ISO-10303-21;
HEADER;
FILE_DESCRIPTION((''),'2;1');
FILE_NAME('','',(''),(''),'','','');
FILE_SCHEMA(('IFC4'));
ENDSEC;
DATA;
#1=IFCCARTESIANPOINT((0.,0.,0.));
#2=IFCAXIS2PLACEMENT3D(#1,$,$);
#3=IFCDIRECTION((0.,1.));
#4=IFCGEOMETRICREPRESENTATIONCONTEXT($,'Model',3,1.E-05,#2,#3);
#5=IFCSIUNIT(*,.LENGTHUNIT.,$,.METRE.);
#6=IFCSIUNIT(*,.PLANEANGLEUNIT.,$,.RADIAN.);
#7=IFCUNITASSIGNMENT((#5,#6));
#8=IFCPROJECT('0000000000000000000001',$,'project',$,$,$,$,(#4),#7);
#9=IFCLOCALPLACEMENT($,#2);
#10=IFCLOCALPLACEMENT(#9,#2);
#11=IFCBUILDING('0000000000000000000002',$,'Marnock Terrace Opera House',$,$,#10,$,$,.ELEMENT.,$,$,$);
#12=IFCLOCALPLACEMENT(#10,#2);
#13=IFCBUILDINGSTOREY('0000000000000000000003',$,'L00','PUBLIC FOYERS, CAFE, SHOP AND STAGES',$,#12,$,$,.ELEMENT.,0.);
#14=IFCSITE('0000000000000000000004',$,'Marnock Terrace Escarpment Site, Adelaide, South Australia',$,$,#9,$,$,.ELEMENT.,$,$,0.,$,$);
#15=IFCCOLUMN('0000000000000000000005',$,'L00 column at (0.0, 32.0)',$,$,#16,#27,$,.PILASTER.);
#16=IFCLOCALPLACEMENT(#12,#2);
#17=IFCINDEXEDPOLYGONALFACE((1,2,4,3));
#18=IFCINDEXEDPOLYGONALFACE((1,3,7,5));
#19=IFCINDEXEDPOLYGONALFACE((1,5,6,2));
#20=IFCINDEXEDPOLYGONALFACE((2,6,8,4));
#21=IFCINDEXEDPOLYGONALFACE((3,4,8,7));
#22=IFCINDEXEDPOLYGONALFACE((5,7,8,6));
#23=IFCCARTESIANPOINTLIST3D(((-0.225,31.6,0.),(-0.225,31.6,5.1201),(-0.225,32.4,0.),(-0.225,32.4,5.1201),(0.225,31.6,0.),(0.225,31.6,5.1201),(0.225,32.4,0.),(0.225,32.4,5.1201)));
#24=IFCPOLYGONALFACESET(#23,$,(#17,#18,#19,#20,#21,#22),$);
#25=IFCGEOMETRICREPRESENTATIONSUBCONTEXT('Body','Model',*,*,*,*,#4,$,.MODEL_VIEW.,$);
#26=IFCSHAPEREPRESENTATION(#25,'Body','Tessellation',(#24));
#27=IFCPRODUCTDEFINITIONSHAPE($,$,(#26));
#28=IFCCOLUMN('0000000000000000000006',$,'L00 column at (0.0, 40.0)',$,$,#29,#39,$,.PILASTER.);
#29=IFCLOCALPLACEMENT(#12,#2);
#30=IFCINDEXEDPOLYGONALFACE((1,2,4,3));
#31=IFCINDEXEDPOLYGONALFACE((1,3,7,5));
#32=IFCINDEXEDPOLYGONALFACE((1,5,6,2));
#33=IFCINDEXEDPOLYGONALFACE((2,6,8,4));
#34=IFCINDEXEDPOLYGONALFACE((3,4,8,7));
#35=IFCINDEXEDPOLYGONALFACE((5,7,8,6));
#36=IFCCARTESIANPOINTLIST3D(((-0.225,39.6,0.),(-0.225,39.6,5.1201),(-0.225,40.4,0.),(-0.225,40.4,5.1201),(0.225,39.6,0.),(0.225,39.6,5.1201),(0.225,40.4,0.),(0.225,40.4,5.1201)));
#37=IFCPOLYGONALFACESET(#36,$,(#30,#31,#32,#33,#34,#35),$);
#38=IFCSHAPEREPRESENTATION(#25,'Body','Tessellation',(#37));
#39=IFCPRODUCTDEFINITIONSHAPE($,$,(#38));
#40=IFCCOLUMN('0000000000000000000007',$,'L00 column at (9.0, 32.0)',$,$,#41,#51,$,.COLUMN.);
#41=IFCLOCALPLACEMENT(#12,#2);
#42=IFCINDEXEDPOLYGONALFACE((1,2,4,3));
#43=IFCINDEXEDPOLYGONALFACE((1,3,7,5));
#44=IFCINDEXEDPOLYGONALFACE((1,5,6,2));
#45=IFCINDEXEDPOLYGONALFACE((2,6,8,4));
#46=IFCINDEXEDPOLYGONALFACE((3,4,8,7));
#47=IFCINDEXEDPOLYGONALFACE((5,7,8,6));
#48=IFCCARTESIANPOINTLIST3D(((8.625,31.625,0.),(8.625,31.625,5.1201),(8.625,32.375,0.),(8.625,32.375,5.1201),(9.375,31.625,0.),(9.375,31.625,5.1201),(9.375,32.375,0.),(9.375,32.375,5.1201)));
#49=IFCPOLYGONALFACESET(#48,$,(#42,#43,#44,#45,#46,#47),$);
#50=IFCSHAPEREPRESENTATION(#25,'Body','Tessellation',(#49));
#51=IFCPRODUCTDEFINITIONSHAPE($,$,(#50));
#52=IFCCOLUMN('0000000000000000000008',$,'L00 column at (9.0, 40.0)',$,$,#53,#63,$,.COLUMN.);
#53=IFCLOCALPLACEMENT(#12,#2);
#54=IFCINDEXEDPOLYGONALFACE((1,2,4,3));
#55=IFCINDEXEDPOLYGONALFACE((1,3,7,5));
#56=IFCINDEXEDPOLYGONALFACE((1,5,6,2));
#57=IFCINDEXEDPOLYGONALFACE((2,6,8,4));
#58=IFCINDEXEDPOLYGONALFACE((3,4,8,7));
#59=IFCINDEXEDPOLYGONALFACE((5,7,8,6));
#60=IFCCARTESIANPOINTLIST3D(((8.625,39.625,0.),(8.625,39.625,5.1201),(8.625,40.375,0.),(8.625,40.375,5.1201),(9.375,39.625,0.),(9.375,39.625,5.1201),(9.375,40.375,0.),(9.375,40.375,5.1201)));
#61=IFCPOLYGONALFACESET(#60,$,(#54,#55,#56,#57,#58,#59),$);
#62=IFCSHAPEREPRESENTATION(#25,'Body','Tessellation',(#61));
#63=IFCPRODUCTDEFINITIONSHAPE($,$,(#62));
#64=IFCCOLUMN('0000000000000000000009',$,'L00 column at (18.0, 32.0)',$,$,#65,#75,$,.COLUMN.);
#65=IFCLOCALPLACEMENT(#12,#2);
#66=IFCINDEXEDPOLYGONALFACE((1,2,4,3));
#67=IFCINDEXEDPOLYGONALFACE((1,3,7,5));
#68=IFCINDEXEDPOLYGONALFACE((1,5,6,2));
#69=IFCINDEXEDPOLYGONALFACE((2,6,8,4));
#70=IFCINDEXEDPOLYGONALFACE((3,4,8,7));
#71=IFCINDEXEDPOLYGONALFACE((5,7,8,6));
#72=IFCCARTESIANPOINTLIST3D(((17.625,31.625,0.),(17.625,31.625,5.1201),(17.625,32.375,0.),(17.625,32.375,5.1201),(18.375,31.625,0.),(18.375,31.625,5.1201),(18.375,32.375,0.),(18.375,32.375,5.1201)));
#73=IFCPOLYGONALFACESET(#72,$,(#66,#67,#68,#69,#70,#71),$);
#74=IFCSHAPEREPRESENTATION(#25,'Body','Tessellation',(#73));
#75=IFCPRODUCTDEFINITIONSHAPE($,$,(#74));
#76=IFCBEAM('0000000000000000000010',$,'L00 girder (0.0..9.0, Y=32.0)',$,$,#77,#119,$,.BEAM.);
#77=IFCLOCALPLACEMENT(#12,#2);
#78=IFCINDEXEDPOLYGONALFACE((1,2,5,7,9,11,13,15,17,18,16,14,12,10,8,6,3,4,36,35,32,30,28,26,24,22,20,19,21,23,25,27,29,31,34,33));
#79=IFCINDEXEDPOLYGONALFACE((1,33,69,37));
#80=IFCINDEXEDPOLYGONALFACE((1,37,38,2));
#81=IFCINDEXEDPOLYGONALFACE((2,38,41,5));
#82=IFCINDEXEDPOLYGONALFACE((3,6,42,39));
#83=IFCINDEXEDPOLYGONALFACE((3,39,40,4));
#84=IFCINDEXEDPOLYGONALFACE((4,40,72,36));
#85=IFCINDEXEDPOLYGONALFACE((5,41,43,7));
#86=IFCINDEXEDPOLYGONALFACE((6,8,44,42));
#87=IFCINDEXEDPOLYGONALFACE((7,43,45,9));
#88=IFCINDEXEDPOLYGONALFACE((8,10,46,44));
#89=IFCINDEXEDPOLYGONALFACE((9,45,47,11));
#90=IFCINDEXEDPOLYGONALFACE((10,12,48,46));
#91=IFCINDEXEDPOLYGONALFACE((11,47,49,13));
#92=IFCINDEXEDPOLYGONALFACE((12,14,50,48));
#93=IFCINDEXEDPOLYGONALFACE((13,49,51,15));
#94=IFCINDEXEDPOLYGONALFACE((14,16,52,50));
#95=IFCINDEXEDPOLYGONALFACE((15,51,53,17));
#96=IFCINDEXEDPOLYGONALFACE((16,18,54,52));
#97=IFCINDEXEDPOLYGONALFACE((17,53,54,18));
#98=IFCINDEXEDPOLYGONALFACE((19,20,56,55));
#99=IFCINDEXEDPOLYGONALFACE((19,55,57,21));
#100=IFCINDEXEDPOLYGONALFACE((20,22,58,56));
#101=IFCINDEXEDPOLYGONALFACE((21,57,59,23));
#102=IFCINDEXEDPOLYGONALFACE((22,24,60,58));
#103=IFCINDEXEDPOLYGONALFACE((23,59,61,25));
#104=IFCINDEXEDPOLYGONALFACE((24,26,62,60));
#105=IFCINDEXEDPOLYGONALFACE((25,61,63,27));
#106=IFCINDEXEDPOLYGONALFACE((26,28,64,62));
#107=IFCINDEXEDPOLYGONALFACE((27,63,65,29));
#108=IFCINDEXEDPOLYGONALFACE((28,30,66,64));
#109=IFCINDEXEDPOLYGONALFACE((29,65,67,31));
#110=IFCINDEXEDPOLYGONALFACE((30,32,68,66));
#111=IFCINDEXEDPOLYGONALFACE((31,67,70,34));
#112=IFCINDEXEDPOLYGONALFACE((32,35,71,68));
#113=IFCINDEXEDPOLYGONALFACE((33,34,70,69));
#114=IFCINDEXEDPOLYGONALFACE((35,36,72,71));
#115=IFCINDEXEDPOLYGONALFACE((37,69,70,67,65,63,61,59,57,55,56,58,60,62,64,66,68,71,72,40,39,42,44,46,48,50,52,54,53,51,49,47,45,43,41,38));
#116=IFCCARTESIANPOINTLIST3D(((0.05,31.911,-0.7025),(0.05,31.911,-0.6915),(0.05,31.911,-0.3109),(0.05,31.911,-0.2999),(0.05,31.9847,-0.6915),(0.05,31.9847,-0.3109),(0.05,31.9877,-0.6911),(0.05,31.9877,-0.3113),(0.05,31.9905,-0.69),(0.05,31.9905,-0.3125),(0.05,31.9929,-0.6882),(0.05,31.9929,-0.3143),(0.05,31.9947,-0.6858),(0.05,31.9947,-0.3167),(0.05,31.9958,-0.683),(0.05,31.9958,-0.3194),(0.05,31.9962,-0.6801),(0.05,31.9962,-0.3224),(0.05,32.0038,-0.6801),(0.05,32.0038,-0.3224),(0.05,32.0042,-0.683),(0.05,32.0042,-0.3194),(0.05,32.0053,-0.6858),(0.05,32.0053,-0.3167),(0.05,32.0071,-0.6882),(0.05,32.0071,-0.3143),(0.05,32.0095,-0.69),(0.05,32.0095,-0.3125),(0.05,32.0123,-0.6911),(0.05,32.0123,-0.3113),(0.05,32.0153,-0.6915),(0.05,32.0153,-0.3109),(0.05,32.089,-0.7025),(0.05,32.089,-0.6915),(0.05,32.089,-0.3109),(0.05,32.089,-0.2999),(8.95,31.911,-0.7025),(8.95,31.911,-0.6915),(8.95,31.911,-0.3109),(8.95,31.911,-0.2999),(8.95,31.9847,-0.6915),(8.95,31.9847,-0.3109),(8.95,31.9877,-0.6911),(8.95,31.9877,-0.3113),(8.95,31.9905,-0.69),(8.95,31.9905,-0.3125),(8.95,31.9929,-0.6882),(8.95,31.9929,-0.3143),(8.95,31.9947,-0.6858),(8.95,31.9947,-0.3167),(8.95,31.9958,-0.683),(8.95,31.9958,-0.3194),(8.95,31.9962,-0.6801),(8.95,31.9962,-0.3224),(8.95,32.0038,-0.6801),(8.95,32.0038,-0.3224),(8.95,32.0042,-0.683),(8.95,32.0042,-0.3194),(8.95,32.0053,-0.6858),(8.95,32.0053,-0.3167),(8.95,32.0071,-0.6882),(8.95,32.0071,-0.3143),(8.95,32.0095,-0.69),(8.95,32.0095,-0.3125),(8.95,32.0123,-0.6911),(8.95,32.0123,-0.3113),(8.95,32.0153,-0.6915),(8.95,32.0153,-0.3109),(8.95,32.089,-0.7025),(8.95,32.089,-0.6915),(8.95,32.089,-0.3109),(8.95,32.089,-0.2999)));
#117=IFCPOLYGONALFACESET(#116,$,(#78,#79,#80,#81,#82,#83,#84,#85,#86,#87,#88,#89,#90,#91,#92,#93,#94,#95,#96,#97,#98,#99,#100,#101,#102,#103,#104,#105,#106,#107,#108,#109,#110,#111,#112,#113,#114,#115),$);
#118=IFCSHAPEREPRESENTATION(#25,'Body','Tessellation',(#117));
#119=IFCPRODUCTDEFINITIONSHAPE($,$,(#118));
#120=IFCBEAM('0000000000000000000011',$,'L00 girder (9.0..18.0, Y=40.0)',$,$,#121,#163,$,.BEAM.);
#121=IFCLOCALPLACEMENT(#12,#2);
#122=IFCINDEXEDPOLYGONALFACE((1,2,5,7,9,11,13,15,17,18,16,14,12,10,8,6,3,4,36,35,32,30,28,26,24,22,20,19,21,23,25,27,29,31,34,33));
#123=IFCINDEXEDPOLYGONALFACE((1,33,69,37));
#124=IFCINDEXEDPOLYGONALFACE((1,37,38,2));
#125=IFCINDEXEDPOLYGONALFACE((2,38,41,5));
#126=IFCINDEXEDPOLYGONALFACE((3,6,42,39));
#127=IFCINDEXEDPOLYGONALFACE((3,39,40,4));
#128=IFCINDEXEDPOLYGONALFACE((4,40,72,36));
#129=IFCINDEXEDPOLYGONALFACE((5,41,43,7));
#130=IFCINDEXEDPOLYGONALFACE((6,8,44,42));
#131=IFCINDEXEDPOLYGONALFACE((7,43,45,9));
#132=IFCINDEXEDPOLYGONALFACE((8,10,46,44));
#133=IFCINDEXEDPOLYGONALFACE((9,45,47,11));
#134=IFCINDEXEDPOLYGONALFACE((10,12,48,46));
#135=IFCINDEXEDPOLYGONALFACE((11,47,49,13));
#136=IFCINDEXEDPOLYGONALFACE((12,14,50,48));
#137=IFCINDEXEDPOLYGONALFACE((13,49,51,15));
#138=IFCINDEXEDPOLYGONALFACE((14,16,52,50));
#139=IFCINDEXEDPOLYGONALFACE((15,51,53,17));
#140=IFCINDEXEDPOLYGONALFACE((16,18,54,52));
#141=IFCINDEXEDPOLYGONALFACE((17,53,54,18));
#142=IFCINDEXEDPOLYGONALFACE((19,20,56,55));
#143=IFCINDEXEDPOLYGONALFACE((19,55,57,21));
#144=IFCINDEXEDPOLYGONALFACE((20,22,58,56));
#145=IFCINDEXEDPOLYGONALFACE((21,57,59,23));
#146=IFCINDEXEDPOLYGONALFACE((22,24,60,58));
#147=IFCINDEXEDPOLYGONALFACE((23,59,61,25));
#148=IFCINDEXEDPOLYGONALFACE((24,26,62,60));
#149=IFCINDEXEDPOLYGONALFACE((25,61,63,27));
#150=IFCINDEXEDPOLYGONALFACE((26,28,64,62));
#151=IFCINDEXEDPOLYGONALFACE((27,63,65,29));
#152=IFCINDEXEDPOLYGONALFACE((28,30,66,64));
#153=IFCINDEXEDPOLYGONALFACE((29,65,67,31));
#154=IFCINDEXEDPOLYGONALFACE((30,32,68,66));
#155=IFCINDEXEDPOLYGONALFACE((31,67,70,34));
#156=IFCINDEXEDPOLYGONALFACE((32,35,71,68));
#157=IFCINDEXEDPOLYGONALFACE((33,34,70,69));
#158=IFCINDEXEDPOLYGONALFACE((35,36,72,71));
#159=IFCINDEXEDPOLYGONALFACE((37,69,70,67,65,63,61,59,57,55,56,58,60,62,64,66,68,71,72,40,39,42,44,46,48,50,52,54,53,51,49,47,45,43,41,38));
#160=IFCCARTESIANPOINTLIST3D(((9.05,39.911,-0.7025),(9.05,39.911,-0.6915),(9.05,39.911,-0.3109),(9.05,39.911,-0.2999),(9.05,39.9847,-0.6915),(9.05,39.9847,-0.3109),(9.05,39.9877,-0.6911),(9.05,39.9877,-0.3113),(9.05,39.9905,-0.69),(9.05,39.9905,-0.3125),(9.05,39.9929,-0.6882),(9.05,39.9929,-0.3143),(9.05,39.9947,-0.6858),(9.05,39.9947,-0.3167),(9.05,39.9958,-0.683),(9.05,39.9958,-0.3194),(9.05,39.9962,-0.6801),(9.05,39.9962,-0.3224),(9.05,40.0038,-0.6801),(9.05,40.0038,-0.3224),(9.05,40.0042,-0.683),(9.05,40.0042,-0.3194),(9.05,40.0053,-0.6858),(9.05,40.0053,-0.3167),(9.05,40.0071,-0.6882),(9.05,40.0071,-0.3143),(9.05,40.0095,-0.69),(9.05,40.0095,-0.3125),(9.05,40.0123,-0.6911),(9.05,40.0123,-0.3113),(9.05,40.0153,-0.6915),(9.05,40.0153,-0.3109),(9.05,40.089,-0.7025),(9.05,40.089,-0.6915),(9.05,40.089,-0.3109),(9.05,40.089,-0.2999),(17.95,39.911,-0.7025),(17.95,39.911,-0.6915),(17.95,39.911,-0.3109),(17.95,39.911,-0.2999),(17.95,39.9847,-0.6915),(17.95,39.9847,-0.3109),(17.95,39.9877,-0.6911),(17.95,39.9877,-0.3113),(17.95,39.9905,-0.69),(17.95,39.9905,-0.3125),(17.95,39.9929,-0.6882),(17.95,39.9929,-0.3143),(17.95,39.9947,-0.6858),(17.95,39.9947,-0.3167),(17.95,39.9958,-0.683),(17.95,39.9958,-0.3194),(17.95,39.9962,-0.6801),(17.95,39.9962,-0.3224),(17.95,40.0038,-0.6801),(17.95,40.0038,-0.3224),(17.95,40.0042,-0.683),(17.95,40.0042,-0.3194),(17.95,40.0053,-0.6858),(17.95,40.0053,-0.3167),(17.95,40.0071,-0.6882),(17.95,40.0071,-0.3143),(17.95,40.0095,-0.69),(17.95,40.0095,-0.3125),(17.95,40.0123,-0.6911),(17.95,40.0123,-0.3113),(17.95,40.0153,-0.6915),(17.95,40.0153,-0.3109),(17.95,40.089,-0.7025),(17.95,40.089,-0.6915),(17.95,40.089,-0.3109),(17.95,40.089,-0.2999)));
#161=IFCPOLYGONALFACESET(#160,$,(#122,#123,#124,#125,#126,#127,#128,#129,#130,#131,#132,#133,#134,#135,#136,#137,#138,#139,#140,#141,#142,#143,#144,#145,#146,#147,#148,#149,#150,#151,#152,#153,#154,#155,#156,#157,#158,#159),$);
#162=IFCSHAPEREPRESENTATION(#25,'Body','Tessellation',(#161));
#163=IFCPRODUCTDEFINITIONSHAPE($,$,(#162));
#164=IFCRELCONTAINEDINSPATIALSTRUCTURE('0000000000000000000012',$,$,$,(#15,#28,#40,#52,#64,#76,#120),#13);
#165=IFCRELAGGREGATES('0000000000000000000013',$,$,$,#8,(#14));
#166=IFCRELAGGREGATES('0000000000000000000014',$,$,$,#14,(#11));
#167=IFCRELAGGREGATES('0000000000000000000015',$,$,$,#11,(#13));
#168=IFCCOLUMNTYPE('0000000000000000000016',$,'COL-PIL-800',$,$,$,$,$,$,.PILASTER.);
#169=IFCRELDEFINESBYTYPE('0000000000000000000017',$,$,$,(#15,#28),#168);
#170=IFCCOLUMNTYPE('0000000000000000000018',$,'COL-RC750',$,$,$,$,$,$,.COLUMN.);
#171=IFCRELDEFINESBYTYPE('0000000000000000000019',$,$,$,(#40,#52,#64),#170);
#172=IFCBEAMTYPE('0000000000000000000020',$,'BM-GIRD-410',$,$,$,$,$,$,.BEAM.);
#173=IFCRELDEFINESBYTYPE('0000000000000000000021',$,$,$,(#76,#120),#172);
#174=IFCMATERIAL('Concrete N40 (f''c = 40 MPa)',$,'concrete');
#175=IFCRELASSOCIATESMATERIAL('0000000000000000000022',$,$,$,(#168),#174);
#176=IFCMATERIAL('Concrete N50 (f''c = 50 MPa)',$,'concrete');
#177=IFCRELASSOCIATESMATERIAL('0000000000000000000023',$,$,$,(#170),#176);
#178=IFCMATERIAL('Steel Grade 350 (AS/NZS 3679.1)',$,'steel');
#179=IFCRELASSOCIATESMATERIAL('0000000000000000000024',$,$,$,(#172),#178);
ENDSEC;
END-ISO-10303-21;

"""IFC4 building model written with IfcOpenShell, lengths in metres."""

from ifc_helpers import new_model, si_unit, direction, frame, origin, origin_2d, place, context, subcontext, project, spatial, rectangle, i_section, extrude, material, material_profile, profile_set, type_object, element, save


model = new_model("IFC4")

# Units and contexts
model_context = context("Model", 3, precision=1e-05, world=origin(), true_north=direction((0.0, 1.0)))
body_context = subcontext(model_context, "Body", "Model", "MODEL_VIEW")
ifc_project = project(units=[si_unit("LENGTHUNIT", "METRE"), si_unit("PLANEANGLEUNIT", "RADIAN")], contexts=[model_context])

# Site, building, storey
site_placement = place(None, origin())
site = spatial("IfcSite", under=ifc_project, at=site_placement, Name="Marnock Terrace Escarpment Site, Adelaide, South Australia", CompositionType="ELEMENT", RefElevation=0.0)
building_placement = place(site_placement, origin())
building = spatial("IfcBuilding", under=site, at=building_placement, Name="Marnock Terrace Opera House", CompositionType="ELEMENT")
storey_placement = place(building_placement, origin())
storey = spatial("IfcBuildingStorey", under=building, at=storey_placement, Name="L00", Description="PUBLIC FOYERS, CAFE, SHOP AND STAGES", CompositionType="ELEMENT", Elevation=0.0)

# Columns
ifc_material_1 = material(Name="Concrete N40 (f'c = 40 MPa)", Category="concrete")
ifc_material_profile_1 = material_profile(ifc_material_1, rectangle(XDim=0.45, YDim=0.8, at=origin_2d()))
ifc_profile_set_1 = profile_set([ifc_material_profile_1], Name="Concrete N40 (f'c = 40 MPa)")
column_type_1 = type_object("IfcColumnType", Name="COL-PIL-800", PredefinedType="PILASTER", material=ifc_profile_set_1)
for number, where, z_axis, x_axis, name in (
    (1, (0.0, 32.0, 0.0), (0.0, 0.0, 1.0), (1.0, 0.0, 0.0), "L00 column at (0.0, 32.0)"),
    (2, (0.0, 40.0, 0.0), (0.0, 0.0, 1.0), (1.0, 0.0, 0.0), "L00 column at (0.0, 40.0)"),
):
    element("IfcColumn", number, at=place(storey_placement, frame(where, z_axis=z_axis, x_axis=x_axis)), inside=storey, type_object=column_type_1, Name=name, PredefinedType="PILASTER", context=body_context, shape_type="SweptSolid", body=[
        extrude(rectangle(XDim=0.45, YDim=0.8, at=origin_2d()), origin(), (0.0, 0.0, 1.0), 5.1201),
    ])
ifc_material_2 = material(Name="Concrete N50 (f'c = 50 MPa)", Category="concrete")
ifc_material_profile_2 = material_profile(ifc_material_2, rectangle(XDim=0.75, YDim=0.75, at=origin_2d()))
ifc_profile_set_2 = profile_set([ifc_material_profile_2], Name="Concrete N50 (f'c = 50 MPa)")
column_type_2 = type_object("IfcColumnType", Name="COL-RC750", PredefinedType="COLUMN", material=ifc_profile_set_2)
for number, where, z_axis, x_axis, name in (
    (3, (9.0, 32.0, 0.0), (0.0, 0.0, 1.0), (1.0, 0.0, 0.0), "L00 column at (9.0, 32.0)"),
    (4, (9.0, 40.0, 0.0), (0.0, 0.0, 1.0), (1.0, 0.0, 0.0), "L00 column at (9.0, 40.0)"),
    (5, (18.0, 32.0, 0.0), (0.0, 0.0, 1.0), (1.0, 0.0, 0.0), "L00 column at (18.0, 32.0)"),
):
    element("IfcColumn", number, at=place(storey_placement, frame(where, z_axis=z_axis, x_axis=x_axis)), inside=storey, type_object=column_type_2, Name=name, PredefinedType="COLUMN", context=body_context, shape_type="SweptSolid", body=[
        extrude(rectangle(XDim=0.75, YDim=0.75, at=origin_2d()), origin(), (0.0, 0.0, 1.0), 5.1201),
    ])

# Beams
ifc_material_3 = material(Name="Steel Grade 350 (AS/NZS 3679.1)", Category="steel")
ifc_material_profile_3 = material_profile(ifc_material_3, i_section(OverallWidth=0.178, OverallDepth=0.4026, WebThickness=0.0076, FlangeThickness=0.011, FilletRadius=0.0115, at=origin_2d()))
ifc_profile_set_3 = profile_set([ifc_material_profile_3], Name="Steel Grade 350 (AS/NZS 3679.1)")
beam_type_1 = type_object("IfcBeamType", Name="BM-GIRD-410", PredefinedType="BEAM", material=ifc_profile_set_3)
for number, where, z_axis, x_axis, name in (
    (6, (0.05, 32.0, -0.5012), (1.0, 0.0, 0.0), (0.0, 1.0, 0.0), "L00 girder (0.0..9.0, Y=32.0)"),
    (7, (9.05, 40.0, -0.5012), (1.0, 0.0, 0.0), (0.0, 1.0, 0.0), "L00 girder (9.0..18.0, Y=40.0)"),
):
    element("IfcBeam", number, at=place(storey_placement, frame(where, z_axis=z_axis, x_axis=x_axis)), inside=storey, type_object=beam_type_1, Name=name, PredefinedType="BEAM", context=body_context, shape_type="SweptSolid", body=[
        extrude(i_section(OverallWidth=0.178, OverallDepth=0.4026, WebThickness=0.0076, FlangeThickness=0.011, FilletRadius=0.0115, at=origin_2d()), origin(), (0.0, 0.0, 1.0), 8.8999),
    ])

save(model, "model.ifc")
